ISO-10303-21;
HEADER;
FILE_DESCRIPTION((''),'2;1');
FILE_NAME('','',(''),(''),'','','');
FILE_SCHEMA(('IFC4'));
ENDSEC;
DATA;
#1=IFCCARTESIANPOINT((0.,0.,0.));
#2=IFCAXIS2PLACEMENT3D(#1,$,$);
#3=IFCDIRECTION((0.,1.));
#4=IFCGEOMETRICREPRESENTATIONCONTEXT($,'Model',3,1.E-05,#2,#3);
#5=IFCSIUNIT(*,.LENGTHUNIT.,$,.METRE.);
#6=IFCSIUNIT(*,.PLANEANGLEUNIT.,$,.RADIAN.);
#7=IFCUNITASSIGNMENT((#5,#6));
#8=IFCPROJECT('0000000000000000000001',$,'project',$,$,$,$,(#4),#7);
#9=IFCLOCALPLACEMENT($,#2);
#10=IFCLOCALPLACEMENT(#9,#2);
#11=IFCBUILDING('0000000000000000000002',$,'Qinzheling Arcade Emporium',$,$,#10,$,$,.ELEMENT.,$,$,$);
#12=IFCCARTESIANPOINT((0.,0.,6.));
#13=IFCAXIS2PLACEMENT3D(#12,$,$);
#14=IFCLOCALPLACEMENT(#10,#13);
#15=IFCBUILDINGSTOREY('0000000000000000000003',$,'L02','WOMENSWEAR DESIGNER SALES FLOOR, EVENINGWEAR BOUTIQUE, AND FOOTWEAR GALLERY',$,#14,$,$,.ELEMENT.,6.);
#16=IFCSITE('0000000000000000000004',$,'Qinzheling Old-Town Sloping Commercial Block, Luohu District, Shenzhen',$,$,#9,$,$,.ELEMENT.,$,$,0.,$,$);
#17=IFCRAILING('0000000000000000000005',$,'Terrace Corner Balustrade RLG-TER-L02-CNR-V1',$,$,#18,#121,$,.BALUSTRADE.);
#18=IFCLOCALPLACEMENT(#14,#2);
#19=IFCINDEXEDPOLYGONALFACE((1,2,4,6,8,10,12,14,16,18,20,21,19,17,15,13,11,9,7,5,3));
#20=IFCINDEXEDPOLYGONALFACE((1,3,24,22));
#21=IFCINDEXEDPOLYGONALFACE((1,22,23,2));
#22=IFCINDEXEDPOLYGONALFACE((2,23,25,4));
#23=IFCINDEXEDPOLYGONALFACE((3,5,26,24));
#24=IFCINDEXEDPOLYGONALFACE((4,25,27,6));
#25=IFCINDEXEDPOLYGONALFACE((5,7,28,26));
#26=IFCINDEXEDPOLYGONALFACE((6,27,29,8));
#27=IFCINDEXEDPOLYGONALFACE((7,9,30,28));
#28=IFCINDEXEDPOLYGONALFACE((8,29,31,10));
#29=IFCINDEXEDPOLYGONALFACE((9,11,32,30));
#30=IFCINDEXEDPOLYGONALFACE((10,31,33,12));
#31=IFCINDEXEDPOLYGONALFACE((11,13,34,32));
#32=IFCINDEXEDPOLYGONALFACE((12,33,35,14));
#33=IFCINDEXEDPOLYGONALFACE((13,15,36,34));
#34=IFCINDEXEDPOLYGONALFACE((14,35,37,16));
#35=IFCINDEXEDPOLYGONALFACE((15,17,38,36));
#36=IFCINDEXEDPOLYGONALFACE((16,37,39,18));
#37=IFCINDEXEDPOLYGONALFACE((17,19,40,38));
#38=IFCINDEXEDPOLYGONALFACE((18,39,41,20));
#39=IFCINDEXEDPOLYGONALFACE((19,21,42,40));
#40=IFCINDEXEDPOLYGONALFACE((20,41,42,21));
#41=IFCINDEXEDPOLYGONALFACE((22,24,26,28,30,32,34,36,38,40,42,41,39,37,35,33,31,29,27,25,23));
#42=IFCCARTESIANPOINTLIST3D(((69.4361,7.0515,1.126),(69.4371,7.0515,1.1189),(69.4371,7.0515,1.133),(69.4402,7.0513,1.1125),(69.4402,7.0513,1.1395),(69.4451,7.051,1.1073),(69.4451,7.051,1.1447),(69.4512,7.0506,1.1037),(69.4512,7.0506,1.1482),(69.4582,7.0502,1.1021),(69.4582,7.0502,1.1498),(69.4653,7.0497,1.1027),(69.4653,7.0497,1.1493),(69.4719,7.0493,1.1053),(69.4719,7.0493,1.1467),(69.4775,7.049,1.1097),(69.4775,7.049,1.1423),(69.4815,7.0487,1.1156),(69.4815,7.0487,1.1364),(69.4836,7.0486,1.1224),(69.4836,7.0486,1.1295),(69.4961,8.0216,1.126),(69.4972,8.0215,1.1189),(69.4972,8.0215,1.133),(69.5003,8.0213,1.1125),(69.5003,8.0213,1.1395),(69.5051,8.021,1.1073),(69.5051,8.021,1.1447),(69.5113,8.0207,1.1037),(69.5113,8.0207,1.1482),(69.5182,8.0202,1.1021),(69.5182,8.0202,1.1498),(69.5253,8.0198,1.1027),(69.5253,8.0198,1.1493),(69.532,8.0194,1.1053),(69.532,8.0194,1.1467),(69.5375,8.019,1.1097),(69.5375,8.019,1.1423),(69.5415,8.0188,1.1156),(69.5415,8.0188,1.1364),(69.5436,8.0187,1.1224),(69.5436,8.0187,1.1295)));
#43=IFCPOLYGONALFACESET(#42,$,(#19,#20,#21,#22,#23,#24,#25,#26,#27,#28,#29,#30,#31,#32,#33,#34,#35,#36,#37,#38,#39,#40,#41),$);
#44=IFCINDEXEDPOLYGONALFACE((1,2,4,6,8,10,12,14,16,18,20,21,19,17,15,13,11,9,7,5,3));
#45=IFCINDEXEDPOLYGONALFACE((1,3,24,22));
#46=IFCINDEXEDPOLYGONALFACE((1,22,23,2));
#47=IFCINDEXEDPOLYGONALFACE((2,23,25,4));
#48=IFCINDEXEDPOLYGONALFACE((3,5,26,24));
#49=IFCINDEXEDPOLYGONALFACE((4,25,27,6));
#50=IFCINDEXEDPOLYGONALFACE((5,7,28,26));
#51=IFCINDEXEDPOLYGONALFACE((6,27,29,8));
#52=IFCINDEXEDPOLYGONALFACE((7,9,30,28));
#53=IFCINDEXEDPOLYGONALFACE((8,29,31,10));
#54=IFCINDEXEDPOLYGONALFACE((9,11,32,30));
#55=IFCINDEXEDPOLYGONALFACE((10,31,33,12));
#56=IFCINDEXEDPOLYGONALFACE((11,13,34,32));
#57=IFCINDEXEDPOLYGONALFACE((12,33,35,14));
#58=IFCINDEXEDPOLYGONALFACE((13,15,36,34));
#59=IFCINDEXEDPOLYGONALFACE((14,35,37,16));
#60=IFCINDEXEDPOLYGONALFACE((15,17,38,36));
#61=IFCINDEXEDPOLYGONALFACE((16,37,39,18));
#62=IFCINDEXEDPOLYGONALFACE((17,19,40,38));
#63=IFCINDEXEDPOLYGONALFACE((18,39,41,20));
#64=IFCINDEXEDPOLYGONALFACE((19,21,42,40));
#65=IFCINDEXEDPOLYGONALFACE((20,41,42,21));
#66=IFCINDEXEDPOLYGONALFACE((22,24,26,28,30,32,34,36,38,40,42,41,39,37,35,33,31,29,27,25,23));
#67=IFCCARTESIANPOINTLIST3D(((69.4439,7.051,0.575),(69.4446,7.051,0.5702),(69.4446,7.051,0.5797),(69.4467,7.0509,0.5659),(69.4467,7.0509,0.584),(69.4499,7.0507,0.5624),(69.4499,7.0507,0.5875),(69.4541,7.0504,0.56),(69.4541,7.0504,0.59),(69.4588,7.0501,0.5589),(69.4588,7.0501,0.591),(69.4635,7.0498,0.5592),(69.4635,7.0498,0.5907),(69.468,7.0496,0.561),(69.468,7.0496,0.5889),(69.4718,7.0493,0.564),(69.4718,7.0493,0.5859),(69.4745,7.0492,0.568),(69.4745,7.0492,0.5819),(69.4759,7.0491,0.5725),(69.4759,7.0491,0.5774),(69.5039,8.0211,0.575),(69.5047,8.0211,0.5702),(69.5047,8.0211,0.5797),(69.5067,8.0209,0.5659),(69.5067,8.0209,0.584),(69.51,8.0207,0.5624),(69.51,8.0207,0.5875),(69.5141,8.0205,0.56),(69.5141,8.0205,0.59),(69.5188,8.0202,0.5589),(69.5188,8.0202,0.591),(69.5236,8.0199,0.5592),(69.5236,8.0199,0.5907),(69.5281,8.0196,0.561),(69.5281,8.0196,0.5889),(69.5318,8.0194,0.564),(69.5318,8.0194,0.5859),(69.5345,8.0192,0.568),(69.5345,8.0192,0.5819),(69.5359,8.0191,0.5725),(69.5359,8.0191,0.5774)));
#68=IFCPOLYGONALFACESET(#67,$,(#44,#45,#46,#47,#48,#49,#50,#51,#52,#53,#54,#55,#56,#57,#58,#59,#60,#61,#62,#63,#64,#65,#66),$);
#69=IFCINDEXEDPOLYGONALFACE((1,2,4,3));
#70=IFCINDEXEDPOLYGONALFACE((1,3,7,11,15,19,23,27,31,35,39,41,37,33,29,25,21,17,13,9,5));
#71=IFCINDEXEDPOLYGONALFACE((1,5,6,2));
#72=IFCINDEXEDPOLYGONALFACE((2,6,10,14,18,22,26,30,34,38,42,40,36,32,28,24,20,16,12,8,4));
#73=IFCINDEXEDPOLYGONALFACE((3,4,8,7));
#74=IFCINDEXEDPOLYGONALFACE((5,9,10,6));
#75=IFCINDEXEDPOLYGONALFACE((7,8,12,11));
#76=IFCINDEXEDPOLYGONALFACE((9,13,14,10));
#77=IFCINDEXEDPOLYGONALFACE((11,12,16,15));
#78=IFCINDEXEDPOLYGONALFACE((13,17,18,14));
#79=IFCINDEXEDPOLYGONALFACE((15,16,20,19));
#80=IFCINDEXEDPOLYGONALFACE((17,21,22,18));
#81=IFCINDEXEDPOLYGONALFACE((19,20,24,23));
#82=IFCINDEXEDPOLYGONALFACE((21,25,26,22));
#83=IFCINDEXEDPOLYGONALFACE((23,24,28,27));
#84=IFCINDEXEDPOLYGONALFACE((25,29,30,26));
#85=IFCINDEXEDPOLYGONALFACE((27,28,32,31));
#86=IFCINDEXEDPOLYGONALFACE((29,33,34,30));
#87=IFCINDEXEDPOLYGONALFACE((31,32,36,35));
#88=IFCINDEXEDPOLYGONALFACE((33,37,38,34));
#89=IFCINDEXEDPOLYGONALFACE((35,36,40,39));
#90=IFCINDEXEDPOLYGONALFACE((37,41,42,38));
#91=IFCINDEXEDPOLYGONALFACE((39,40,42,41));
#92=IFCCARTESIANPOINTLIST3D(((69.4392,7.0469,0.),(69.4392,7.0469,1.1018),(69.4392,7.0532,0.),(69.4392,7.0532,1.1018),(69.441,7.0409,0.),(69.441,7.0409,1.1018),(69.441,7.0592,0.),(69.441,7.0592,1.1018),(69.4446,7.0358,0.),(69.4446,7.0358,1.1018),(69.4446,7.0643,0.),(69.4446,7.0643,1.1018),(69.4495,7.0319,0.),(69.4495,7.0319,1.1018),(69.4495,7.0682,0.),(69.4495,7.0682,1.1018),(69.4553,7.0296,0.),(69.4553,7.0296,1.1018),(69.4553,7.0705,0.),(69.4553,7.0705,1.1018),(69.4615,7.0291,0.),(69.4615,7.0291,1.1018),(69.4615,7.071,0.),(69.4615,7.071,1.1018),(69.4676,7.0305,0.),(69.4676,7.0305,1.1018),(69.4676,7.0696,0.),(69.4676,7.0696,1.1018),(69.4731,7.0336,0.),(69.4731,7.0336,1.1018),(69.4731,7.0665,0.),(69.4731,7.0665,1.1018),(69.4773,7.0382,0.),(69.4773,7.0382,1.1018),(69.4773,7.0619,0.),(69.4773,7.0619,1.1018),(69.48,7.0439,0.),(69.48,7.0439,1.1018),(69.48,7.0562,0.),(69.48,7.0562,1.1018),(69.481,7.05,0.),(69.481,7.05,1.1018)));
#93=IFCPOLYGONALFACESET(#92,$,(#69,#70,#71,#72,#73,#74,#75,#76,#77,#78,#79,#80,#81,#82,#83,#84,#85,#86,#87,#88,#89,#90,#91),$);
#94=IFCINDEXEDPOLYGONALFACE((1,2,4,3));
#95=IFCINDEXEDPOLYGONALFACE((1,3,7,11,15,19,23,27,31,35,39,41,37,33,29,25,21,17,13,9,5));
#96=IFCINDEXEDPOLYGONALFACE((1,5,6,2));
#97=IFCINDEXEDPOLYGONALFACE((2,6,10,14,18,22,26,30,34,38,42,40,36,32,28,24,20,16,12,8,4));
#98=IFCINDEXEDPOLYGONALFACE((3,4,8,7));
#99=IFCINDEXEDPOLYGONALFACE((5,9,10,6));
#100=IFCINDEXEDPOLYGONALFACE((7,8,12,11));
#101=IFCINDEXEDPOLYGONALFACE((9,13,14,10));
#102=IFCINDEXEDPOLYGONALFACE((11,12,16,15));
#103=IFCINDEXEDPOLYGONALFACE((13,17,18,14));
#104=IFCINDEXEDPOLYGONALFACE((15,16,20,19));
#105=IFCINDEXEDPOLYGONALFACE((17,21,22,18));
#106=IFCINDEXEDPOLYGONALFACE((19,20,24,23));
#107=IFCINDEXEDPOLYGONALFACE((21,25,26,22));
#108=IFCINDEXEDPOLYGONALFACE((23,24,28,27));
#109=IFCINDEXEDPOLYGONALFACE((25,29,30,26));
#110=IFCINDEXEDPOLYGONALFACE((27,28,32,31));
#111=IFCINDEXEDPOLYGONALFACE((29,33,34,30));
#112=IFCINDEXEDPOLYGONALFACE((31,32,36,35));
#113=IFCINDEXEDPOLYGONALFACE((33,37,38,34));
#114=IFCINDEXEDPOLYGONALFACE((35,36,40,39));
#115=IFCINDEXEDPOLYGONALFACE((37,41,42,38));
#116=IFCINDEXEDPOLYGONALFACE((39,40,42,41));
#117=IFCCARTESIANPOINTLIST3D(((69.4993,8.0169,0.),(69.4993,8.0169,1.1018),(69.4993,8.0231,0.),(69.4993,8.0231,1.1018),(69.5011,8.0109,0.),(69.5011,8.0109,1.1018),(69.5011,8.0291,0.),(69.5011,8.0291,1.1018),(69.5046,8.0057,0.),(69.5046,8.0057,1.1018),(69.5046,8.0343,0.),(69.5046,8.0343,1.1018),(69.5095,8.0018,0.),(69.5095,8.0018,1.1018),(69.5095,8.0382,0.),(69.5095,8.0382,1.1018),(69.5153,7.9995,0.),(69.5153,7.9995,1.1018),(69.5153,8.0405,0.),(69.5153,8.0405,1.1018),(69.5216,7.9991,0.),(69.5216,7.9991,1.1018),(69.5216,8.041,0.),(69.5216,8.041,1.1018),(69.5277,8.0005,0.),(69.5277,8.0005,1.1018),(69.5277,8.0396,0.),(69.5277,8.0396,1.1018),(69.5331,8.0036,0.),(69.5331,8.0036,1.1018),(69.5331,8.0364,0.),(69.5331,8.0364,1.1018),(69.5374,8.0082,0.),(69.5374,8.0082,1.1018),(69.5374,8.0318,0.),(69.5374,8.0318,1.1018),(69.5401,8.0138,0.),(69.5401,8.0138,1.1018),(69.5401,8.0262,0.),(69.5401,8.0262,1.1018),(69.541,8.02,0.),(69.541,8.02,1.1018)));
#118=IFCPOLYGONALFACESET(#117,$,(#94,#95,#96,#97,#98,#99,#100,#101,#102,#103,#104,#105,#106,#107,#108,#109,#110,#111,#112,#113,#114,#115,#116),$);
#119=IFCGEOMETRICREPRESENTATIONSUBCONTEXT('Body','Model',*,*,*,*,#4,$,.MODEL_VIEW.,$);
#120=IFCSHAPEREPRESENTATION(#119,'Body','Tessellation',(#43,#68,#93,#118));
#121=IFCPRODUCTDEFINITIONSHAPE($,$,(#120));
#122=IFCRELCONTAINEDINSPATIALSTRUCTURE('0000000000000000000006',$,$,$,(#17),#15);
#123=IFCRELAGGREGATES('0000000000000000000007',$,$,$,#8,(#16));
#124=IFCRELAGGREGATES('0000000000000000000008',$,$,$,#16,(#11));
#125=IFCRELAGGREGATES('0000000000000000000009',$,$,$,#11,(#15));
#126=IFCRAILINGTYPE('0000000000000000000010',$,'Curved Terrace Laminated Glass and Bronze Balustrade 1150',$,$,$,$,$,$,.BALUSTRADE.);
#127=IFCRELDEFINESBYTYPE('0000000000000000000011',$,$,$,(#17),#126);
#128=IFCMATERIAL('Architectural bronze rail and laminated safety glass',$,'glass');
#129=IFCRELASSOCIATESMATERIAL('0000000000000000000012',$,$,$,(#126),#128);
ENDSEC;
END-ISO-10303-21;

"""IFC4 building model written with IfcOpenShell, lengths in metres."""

from ifc_helpers import new_model, si_unit, direction, frame, origin, origin_2d, place, context, subcontext, project, spatial, circle, extrude, material, type_object, element, save


model = new_model("IFC4")

# Units and contexts
model_context = context("Model", 3, precision=1e-05, world=origin(), true_north=direction((0.0, 1.0)))
body_context = subcontext(model_context, "Body", "Model", "MODEL_VIEW")
ifc_project = project(units=[si_unit("LENGTHUNIT", "METRE"), si_unit("PLANEANGLEUNIT", "RADIAN")], contexts=[model_context])

# Site, building, storey
site_placement = place(None, origin())
site = spatial("IfcSite", under=ifc_project, at=site_placement, Name="Qinzheling Old-Town Sloping Commercial Block, Luohu District, Shenzhen", CompositionType="ELEMENT", RefElevation=0.0)
building_placement = place(site_placement, origin())
building = spatial("IfcBuilding", under=site, at=building_placement, Name="Qinzheling Arcade Emporium", CompositionType="ELEMENT")
storey_placement = place(building_placement, frame((0.0, 0.0, 6.0)))
storey = spatial("IfcBuildingStorey", under=building, at=storey_placement, Name="L02", Description="WOMENSWEAR DESIGNER SALES FLOOR, EVENINGWEAR BOUTIQUE, AND FOOTWEAR GALLERY", CompositionType="ELEMENT", Elevation=6.0)

# Railing
ifc_material_1 = material(Name="Architectural bronze rail and laminated safety glass", Category="glass")
railing_type = type_object("IfcRailingType", Name="Curved Terrace Laminated Glass and Bronze Balustrade 1150", PredefinedType="BALUSTRADE", material=ifc_material_1)
railing_placement = place(storey_placement, frame((69.46, 7.05, 0.0)))
element("IfcRailing", 1, at=railing_placement, inside=storey, type_object=railing_type, Name="Terrace Corner Balustrade RLG-TER-L02-CNR-V1", PredefinedType="BALUSTRADE", context=body_context, shape_type="SweptSolid", body=[
    extrude(circle(Radius=0.0239, at=origin_2d()), frame((0.0, 0.0, 1.126), z_axis=(0.0618, 0.998089, 0.0), x_axis=(-0.998089, 0.0618, 0.0)), (0.0, 0.0, 1.0), 0.9719),
    extrude(circle(Radius=0.0161, at=origin_2d()), frame((0.0, 0.0, 0.575), z_axis=(0.0618, 0.998089, 0.0), x_axis=(-0.998089, 0.0618, 0.0)), (0.0, 0.0, 1.0), 0.9719),
    extrude(circle(Radius=0.021, at=origin_2d()), origin(), (0.0, 0.0, 1.0), 1.1018),
    extrude(circle(Radius=0.021, at=origin_2d()), frame((0.0601, 0.97, 0.0)), (0.0, 0.0, 1.0), 1.1018),
])

save(model, "model.ifc")
